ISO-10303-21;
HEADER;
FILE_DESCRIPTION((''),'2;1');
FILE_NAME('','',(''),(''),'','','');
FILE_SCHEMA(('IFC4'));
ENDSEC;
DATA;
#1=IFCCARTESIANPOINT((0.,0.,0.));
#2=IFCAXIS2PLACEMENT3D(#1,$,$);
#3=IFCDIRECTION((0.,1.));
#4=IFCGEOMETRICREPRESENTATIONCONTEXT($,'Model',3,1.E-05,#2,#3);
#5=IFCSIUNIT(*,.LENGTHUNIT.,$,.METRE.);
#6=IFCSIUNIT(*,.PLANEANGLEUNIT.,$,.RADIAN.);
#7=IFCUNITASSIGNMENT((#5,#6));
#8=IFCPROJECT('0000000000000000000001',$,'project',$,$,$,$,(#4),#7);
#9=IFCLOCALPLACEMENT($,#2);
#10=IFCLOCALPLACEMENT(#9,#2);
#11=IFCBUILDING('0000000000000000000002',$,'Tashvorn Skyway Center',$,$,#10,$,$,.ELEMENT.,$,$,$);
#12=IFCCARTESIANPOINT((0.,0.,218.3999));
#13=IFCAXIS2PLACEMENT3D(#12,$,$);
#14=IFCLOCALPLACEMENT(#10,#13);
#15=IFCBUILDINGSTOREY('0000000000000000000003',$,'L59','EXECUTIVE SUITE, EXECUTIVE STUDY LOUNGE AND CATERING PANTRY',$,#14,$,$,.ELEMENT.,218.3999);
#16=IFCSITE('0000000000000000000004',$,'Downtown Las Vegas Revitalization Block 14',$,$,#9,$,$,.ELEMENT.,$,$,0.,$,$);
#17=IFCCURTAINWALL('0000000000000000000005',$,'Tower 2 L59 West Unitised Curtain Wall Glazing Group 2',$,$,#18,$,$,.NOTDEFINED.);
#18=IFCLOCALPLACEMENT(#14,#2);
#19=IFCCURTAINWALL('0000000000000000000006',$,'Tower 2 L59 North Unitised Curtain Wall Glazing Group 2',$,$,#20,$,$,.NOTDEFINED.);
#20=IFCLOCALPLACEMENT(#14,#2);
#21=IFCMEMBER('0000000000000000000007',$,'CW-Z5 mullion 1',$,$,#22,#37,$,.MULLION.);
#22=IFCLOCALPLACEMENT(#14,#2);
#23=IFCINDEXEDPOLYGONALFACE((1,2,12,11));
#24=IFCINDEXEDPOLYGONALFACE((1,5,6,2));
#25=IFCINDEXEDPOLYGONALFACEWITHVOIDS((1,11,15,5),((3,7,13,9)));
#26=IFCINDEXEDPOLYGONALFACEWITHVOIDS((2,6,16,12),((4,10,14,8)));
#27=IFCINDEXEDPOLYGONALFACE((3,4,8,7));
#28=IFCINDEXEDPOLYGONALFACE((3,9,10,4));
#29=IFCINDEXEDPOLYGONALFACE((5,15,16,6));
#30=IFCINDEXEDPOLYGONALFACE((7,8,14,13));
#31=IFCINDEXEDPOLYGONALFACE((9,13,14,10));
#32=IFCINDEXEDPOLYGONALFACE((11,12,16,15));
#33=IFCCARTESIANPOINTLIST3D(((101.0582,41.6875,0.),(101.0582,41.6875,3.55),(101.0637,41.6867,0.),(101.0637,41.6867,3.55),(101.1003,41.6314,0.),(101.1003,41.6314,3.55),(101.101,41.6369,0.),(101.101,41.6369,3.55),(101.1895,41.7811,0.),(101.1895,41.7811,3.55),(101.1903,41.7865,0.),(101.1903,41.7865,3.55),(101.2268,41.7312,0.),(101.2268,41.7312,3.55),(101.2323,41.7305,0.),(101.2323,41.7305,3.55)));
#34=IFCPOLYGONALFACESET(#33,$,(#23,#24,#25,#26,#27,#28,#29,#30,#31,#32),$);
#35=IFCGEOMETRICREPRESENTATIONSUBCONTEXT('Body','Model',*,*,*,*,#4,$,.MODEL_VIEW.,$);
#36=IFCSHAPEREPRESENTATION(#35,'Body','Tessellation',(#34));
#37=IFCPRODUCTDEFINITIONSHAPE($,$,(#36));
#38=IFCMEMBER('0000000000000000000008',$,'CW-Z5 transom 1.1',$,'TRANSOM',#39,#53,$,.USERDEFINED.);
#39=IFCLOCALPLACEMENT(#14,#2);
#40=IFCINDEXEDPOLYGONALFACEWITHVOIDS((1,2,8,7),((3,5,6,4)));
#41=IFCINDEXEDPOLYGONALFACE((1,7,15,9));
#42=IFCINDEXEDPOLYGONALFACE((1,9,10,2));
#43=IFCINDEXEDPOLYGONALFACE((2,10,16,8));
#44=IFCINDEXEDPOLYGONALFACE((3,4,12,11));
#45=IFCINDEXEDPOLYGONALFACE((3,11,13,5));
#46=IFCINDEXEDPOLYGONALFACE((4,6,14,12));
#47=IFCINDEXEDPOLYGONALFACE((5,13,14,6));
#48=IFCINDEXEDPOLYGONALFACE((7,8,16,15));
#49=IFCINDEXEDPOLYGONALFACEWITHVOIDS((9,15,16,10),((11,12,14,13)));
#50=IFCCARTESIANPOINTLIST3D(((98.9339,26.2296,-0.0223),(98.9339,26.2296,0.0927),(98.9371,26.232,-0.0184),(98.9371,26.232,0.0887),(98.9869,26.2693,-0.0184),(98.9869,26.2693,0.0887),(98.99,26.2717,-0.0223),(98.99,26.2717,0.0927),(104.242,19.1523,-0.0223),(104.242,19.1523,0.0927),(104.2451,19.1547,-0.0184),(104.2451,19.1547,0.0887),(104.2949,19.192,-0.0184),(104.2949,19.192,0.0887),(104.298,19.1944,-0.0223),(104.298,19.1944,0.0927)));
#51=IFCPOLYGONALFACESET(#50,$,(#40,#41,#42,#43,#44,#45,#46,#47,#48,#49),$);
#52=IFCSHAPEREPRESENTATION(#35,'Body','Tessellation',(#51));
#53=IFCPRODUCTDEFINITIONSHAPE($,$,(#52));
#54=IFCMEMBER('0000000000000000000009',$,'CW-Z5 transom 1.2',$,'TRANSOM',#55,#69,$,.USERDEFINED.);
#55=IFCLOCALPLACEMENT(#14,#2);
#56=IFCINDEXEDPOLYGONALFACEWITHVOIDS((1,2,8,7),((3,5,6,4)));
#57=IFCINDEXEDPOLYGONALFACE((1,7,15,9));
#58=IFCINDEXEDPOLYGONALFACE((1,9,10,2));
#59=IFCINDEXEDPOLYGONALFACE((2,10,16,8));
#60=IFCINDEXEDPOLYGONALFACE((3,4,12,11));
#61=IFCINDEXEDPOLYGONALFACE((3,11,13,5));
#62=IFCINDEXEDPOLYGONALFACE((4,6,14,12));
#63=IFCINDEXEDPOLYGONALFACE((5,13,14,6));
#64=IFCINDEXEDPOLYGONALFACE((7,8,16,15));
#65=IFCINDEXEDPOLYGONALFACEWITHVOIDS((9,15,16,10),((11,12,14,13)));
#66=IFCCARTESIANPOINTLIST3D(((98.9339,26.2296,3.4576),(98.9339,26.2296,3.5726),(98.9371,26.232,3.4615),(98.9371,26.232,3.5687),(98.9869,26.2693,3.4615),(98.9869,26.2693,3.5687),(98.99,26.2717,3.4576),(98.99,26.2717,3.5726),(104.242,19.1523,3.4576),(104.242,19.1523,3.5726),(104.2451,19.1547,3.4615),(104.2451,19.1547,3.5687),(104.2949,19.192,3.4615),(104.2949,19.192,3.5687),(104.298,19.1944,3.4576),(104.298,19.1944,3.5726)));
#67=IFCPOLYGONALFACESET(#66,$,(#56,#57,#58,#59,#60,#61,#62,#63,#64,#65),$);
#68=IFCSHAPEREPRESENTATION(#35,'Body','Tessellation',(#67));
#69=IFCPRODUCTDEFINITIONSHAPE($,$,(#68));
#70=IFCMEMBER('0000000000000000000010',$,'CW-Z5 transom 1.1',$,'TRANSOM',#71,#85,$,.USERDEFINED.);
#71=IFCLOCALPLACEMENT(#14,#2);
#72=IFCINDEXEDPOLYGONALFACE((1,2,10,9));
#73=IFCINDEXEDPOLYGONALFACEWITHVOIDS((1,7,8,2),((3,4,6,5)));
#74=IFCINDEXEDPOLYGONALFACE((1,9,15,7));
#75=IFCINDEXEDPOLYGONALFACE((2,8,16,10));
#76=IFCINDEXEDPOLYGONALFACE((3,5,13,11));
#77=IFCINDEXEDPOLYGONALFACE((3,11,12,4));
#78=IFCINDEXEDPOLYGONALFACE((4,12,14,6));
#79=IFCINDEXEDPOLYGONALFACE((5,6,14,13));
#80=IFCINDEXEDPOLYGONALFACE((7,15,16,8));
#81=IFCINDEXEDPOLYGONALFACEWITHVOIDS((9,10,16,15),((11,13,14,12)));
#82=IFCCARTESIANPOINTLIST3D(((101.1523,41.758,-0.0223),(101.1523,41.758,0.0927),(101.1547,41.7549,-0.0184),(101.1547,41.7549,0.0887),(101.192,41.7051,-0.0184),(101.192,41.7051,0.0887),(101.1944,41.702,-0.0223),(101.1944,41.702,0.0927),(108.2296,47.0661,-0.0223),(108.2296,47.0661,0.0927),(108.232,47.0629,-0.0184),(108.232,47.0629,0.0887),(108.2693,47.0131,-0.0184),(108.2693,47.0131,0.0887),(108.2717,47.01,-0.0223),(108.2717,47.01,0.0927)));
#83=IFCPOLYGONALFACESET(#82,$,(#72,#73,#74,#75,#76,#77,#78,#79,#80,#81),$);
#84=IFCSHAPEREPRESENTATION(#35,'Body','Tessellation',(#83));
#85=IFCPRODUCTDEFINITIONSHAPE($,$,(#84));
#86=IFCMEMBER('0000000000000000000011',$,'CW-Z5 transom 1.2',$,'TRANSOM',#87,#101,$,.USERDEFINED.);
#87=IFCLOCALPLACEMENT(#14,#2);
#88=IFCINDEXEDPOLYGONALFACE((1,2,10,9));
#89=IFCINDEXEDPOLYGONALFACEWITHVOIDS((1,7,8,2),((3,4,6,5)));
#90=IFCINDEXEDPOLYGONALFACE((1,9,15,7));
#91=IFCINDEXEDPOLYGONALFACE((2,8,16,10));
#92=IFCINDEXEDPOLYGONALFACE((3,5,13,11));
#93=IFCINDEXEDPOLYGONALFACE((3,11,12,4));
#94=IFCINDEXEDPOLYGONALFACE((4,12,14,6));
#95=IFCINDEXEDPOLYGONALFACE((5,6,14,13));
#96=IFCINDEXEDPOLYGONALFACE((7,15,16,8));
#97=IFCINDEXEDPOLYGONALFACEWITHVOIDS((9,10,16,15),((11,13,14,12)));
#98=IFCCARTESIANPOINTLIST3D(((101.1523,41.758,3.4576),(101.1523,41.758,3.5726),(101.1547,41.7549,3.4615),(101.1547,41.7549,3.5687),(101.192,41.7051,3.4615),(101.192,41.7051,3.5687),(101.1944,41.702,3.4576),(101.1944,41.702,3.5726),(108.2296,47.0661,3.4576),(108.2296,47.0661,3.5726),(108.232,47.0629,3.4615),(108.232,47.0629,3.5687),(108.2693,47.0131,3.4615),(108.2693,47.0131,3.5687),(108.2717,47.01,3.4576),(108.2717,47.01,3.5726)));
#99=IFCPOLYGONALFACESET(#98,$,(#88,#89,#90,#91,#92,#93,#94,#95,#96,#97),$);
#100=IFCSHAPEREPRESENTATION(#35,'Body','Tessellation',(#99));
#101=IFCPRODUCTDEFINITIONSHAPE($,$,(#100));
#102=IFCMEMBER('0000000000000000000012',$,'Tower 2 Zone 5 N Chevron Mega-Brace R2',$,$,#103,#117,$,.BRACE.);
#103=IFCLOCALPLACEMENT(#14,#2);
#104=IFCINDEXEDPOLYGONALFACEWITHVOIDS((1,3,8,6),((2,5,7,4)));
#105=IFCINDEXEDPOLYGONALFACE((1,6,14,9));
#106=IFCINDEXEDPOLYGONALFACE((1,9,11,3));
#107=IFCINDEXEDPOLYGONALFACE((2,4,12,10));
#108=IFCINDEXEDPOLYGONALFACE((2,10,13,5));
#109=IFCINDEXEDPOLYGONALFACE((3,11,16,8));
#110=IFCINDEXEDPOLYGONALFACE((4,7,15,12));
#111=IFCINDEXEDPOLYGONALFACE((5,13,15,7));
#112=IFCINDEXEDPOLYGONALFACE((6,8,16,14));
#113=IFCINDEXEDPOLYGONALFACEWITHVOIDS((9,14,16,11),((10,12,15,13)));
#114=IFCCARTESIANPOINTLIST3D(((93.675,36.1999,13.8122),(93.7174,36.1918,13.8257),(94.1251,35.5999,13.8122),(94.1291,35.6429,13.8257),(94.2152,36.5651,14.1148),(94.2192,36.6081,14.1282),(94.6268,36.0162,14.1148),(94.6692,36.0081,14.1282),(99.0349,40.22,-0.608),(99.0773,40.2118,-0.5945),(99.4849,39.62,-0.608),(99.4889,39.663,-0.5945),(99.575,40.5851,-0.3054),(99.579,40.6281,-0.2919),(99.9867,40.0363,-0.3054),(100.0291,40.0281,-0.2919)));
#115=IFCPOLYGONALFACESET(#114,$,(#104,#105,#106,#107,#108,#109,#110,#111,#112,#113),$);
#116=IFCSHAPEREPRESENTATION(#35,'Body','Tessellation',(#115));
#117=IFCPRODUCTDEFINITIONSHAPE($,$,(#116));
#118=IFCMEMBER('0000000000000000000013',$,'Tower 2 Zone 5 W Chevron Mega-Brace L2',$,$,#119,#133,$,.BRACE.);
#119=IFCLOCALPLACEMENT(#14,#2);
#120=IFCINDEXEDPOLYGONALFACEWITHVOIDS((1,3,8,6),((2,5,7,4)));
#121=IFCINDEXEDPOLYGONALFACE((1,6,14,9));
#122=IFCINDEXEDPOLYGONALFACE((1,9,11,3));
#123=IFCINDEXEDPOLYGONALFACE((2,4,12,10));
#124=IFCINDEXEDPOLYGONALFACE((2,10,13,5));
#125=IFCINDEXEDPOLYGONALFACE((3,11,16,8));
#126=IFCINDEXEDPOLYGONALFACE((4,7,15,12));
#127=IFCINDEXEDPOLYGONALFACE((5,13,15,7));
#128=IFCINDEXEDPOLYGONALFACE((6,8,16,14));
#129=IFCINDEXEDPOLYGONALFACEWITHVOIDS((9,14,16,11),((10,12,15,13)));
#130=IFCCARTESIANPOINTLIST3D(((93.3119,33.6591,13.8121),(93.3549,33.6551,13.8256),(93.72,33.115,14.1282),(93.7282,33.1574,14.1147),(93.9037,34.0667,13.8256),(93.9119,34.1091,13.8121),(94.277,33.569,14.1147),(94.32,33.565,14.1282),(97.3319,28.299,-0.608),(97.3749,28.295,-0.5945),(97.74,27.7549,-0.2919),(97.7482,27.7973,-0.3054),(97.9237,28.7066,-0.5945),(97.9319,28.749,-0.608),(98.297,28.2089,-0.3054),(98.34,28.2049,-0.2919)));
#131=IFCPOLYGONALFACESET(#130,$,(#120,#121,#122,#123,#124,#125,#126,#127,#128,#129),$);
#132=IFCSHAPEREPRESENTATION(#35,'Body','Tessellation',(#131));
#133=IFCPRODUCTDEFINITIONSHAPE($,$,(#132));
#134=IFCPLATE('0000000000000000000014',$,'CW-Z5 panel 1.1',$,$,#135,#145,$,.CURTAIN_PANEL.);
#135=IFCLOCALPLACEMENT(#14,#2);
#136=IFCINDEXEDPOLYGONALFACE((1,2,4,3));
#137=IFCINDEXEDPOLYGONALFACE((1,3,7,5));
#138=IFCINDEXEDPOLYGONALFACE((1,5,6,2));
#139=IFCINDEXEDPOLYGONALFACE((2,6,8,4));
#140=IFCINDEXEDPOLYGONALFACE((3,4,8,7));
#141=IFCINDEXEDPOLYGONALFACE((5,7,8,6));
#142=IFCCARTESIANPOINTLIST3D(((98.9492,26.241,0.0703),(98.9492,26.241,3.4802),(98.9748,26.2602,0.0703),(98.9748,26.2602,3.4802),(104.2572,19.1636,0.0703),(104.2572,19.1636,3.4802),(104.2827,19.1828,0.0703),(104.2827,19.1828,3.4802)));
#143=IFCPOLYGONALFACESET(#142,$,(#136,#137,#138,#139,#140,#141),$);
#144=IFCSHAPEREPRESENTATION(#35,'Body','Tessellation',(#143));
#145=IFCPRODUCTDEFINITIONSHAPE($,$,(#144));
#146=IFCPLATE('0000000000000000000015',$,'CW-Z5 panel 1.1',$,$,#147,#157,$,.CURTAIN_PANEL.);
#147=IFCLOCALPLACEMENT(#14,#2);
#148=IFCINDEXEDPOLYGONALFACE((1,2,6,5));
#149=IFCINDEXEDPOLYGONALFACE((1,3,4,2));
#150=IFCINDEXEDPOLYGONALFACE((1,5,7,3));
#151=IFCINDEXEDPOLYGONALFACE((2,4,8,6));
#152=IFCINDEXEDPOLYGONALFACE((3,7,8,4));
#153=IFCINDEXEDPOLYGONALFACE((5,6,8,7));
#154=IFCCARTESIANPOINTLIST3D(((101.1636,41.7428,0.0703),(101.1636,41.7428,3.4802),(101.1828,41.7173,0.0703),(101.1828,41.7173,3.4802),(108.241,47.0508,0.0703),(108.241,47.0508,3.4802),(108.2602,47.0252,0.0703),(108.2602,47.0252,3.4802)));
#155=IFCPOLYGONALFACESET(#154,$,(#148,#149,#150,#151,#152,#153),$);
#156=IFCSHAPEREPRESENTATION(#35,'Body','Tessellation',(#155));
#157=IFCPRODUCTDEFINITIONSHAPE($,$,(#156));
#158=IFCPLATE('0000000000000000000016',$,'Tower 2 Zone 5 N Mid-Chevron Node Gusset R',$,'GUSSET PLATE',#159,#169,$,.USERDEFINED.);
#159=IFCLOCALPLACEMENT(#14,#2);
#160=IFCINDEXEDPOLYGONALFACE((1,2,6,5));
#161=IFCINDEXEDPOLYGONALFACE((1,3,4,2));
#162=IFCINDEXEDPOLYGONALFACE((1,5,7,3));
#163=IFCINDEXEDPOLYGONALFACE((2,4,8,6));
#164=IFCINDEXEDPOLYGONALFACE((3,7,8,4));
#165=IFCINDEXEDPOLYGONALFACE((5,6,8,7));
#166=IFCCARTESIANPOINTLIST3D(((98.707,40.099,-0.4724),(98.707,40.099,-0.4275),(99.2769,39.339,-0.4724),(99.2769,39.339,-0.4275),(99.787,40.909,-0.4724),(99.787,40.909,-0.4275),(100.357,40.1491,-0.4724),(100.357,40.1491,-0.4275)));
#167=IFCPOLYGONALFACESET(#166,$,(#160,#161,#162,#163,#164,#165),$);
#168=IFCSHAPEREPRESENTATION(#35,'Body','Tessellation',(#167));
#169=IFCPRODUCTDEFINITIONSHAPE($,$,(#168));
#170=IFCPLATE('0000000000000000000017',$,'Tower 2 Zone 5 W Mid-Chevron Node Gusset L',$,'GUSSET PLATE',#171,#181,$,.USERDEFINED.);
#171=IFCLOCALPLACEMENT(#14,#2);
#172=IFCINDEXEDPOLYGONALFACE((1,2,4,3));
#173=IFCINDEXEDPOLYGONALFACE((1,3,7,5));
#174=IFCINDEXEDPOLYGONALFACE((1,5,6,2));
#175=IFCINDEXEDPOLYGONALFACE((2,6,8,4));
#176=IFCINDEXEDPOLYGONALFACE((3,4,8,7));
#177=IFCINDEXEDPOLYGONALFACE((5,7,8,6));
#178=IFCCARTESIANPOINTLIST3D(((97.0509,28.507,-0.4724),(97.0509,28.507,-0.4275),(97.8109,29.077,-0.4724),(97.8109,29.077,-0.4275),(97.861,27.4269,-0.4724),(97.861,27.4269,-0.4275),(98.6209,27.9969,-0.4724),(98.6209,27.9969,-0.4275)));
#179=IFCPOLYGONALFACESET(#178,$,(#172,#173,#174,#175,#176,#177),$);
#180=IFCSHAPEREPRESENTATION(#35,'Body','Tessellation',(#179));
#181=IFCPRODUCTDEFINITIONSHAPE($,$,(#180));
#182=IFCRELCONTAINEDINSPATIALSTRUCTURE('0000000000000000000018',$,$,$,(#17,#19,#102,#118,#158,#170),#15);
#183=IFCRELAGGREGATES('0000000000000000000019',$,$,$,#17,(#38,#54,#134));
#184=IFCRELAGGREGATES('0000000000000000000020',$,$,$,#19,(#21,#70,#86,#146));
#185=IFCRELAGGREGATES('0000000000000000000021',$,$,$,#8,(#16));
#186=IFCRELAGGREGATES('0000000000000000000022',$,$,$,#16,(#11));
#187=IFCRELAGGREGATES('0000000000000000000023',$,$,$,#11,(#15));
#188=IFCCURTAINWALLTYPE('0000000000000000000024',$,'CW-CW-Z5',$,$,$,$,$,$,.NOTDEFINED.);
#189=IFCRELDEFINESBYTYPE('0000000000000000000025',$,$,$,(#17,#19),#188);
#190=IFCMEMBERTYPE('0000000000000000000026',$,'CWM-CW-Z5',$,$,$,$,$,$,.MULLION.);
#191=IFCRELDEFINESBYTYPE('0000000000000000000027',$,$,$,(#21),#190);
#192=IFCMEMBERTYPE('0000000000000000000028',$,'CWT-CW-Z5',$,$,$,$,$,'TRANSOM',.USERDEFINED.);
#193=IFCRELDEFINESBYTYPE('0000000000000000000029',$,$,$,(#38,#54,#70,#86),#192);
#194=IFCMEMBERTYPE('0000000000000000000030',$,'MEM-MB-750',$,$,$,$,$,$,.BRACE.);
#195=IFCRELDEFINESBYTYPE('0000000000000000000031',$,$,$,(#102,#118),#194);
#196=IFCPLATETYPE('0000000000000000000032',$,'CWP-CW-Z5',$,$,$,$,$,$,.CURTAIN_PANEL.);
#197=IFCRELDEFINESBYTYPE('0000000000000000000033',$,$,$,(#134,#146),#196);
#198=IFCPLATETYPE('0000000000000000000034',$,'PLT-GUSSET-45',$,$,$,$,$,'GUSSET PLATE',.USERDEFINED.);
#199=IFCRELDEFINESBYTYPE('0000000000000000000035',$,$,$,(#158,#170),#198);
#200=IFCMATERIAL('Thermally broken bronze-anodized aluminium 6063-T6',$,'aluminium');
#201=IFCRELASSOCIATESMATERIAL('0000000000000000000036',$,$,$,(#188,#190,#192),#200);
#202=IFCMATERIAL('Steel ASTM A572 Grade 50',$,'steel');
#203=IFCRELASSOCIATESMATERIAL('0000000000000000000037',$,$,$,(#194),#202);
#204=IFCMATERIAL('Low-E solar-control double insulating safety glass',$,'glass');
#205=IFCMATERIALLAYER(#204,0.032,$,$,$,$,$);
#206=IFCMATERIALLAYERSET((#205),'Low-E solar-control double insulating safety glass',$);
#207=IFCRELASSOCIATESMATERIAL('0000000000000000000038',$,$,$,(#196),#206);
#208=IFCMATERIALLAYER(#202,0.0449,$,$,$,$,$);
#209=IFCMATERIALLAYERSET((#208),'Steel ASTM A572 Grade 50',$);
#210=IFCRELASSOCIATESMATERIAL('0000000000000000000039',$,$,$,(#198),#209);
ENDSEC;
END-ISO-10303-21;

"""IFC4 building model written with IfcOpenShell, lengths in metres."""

from ifc_helpers import new_model, si_unit, direction, frame, origin, origin_2d, place, context, subcontext, project, spatial, rectangle, hollow_rectangle, extrude, material, layer, layer_set, material_profile, profile_set, type_object, element, aggregate, save


model = new_model("IFC4")

# Units and contexts
model_context = context("Model", 3, precision=1e-05, world=origin(), true_north=direction((0.0, 1.0)))
body_context = subcontext(model_context, "Body", "Model", "MODEL_VIEW")
ifc_project = project(units=[si_unit("LENGTHUNIT", "METRE"), si_unit("PLANEANGLEUNIT", "RADIAN")], contexts=[model_context])

# Site, building, storey
site_placement = place(None, origin())
site = spatial("IfcSite", under=ifc_project, at=site_placement, Name="Downtown Las Vegas Revitalization Block 14", CompositionType="ELEMENT", RefElevation=0.0)
building_placement = place(site_placement, origin())
building = spatial("IfcBuilding", under=site, at=building_placement, Name="Tashvorn Skyway Center", CompositionType="ELEMENT")
storey_placement = place(building_placement, frame((0.0, 0.0, 218.3999)))
storey = spatial("IfcBuildingStorey", under=building, at=storey_placement, Name="L59", Description="EXECUTIVE SUITE, EXECUTIVE STUDY LOUNGE AND CATERING PANTRY", CompositionType="ELEMENT", Elevation=218.3999)

# Shared definitions
ifc_material_1 = material(Name="Steel ASTM A572 Grade 50", Category="steel")

# Curtain wall
ifc_material_2 = material(Name="Thermally broken bronze-anodized aluminium 6063-T6", Category="aluminium")
curtain_wall_type = type_object("IfcCurtainWallType", Name="CW-CW-Z5", PredefinedType="NOTDEFINED", material=ifc_material_2)
curtain_wall_1_placement = place(storey_placement, origin())
curtain_wall_1 = element("IfcCurtainWall", 1, at=curtain_wall_1_placement, inside=storey, type_object=curtain_wall_type, Name="Tower 2 L59 West Unitised Curtain Wall Glazing Group 2", PredefinedType="NOTDEFINED")
ifc_material_profile_1 = material_profile(ifc_material_2, hollow_rectangle(XDim=0.0701, YDim=0.165, WallThickness=0.0039, at=origin_2d()), Name="ALU-MULL-70x165")
ifc_profile_set_1 = profile_set([ifc_material_profile_1], Name="Thermally broken bronze-anodized aluminium 6063-T6")
member_type_1 = type_object("IfcMemberType", Name="CWM-CW-Z5", PredefinedType="MULLION", material=ifc_profile_set_1)

# Curtain wall, member
curtain_wall_2_placement = place(storey_placement, origin())
curtain_wall_2 = element("IfcCurtainWall", 2, at=curtain_wall_2_placement, inside=storey, type_object=curtain_wall_type, Name="Tower 2 L59 North Unitised Curtain Wall Glazing Group 2", PredefinedType="NOTDEFINED")
member_1_placement = place(storey_placement, frame((101.1453, 41.709, 0.0), z_axis=(0.0, 0.0, 1.0), x_axis=(-0.599996, 0.800003, 0.0)))
member_1 = element("IfcMember", 3, at=member_1_placement, type_object=member_type_1, Name="CW-Z5 mullion 1", PredefinedType="MULLION", context=body_context, shape_type="SweptSolid", body=[
    extrude(hollow_rectangle(XDim=0.0701, YDim=0.165, WallThickness=0.0039, at=origin_2d()), origin(), (0.0, 0.0, 1.0), 3.55),
])

# Members
ifc_material_profile_2 = material_profile(ifc_material_2, hollow_rectangle(XDim=0.0701, YDim=0.115, WallThickness=0.0039, at=origin_2d()), Name="ALU-TRAN-70x115")
ifc_profile_set_2 = profile_set([ifc_material_profile_2], Name="Thermally broken bronze-anodized aluminium 6063-T6")
member_type_2 = type_object("IfcMemberType", Name="CWT-CW-Z5", ElementType="TRANSOM", PredefinedType="USERDEFINED", material=ifc_profile_set_2)
member_2_placement = place(storey_placement, frame((104.27, 19.1733, 0.0352), z_axis=(-0.600004, 0.799997, 0.0), x_axis=(-0.799997, -0.600004, 0.0)))
member_2 = element("IfcMember", 4, at=member_2_placement, type_object=member_type_2, Name="CW-Z5 transom 1.1", ObjectType="TRANSOM", PredefinedType="USERDEFINED", context=body_context, shape_type="SweptSolid", body=[
    extrude(hollow_rectangle(XDim=0.0701, YDim=0.115, WallThickness=0.0039, at=origin_2d()), origin(), (0.0, 0.0, 1.0), 8.8467),
])
member_3_placement = place(storey_placement, frame((104.27, 19.1733, 3.5151), z_axis=(-0.600004, 0.799997, 0.0), x_axis=(-0.799997, -0.600004, 0.0)))
member_3 = element("IfcMember", 5, at=member_3_placement, type_object=member_type_2, Name="CW-Z5 transom 1.2", ObjectType="TRANSOM", PredefinedType="USERDEFINED", context=body_context, shape_type="SweptSolid", body=[
    extrude(hollow_rectangle(XDim=0.0701, YDim=0.115, WallThickness=0.0039, at=origin_2d()), origin(), (0.0, 0.0, 1.0), 8.8467),
])
member_4_placement = place(storey_placement, frame((101.1733, 41.73, 0.0352), z_axis=(0.799997, 0.600004, 0.0), x_axis=(-0.600004, 0.799997, 0.0)))
member_4 = element("IfcMember", 6, at=member_4_placement, type_object=member_type_2, Name="CW-Z5 transom 1.1", ObjectType="TRANSOM", PredefinedType="USERDEFINED", context=body_context, shape_type="SweptSolid", body=[
    extrude(hollow_rectangle(XDim=0.0701, YDim=0.115, WallThickness=0.0039, at=origin_2d()), origin(), (0.0, 0.0, 1.0), 8.8467),
])
member_5_placement = place(storey_placement, frame((101.1733, 41.73, 3.5151), z_axis=(0.799997, 0.600004, 0.0), x_axis=(-0.600004, 0.799997, 0.0)))
member_5 = element("IfcMember", 7, at=member_5_placement, type_object=member_type_2, Name="CW-Z5 transom 1.2", ObjectType="TRANSOM", PredefinedType="USERDEFINED", context=body_context, shape_type="SweptSolid", body=[
    extrude(hollow_rectangle(XDim=0.0701, YDim=0.115, WallThickness=0.0039, at=origin_2d()), origin(), (0.0, 0.0, 1.0), 8.8467),
])

# Members
ifc_material_profile_3 = material_profile(ifc_material_1, hollow_rectangle(XDim=0.75, YDim=0.75, WallThickness=0.032, at=origin_2d()), Name="BOX750x750x32")
ifc_profile_set_3 = profile_set([ifc_material_profile_3], Name="Steel ASTM A572 Grade 50")
member_type_3 = type_object("IfcMemberType", Name="MEM-MB-750", PredefinedType="BRACE", material=ifc_profile_set_3)
for number, where, z_axis, x_axis, name in (
    (8, (99.532, 40.124, -0.45), (-0.337085, -0.252821, 0.906893), (0.600012, -0.799991, 0.0), "Tower 2 Zone 5 N Chevron Mega-Brace R2"),
    (9, (97.8359, 28.252, -0.45), (-0.25282, 0.337099, 0.906888), (-0.800004, -0.599994, 0.0), "Tower 2 Zone 5 W Chevron Mega-Brace L2"),
):
    element("IfcMember", number, at=place(storey_placement, frame(where, z_axis=z_axis, x_axis=x_axis)), inside=storey, type_object=member_type_3, Name=name, PredefinedType="BRACE", context=body_context, shape_type="SweptSolid", body=[
        extrude(hollow_rectangle(XDim=0.75, YDim=0.75, WallThickness=0.032, at=origin_2d()), origin(), (0.0, 0.0, 1.0), 15.9006),
    ])

# Plates
ifc_material_3 = material(Name="Low-E solar-control double insulating safety glass", Category="glass")
ifc_layer_1 = layer(ifc_material_3, 0.032)
ifc_layer_set_1 = layer_set([ifc_layer_1], Name="Low-E solar-control double insulating safety glass")
plate_type_1 = type_object("IfcPlateType", Name="CWP-CW-Z5", PredefinedType="CURTAIN_PANEL", material=ifc_layer_set_1)
plate_1_placement = place(storey_placement, frame((101.616, 22.7119, 0.0703), z_axis=(0.0, 0.0, 1.0), x_axis=(-0.599996, 0.800003, 0.0)))
plate_1 = element("IfcPlate", 10, at=plate_1_placement, type_object=plate_type_1, Name="CW-Z5 panel 1.1", PredefinedType="CURTAIN_PANEL", context=body_context, shape_type="SweptSolid", body=[
    extrude(rectangle(XDim=8.8467, YDim=0.032, at=origin_2d()), origin(), (0.0, 0.0, 1.0), 3.4099),
])
aggregate(curtain_wall_1, [member_2, member_3, plate_1])
plate_2_placement = place(storey_placement, frame((104.7119, 44.384, 0.0703), z_axis=(0.0, 0.0, 1.0), x_axis=(0.800003, 0.599996, 0.0)))
plate_2 = element("IfcPlate", 11, at=plate_2_placement, type_object=plate_type_1, Name="CW-Z5 panel 1.1", PredefinedType="CURTAIN_PANEL", context=body_context, shape_type="SweptSolid", body=[
    extrude(rectangle(XDim=8.8467, YDim=0.032, at=origin_2d()), origin(), (0.0, 0.0, 1.0), 3.4099),
])
aggregate(curtain_wall_2, [member_1, member_4, member_5, plate_2])

# Plates
ifc_layer_2 = layer(ifc_material_1, 0.0449)
ifc_layer_set_2 = layer_set([ifc_layer_2], Name="Steel ASTM A572 Grade 50")
plate_type_2 = type_object("IfcPlateType", Name="PLT-GUSSET-45", ElementType="GUSSET PLATE", PredefinedType="USERDEFINED", material=ifc_layer_set_2)
for number, where, z_axis, x_axis, name in (
    (12, (99.532, 40.124, -0.4724), (0.0, 0.0, 1.0), (-0.8, -0.6, 0.0), "Tower 2 Zone 5 N Mid-Chevron Node Gusset R"),
    (13, (97.8359, 28.252, -0.4724), (0.0, 0.0, 1.0), (0.6, -0.8, 0.0), "Tower 2 Zone 5 W Mid-Chevron Node Gusset L"),
):
    element("IfcPlate", number, at=place(storey_placement, frame(where, z_axis=z_axis, x_axis=x_axis)), inside=storey, type_object=plate_type_2, Name=name, ObjectType="GUSSET PLATE", PredefinedType="USERDEFINED", context=body_context, shape_type="SweptSolid", body=[
        extrude(rectangle(XDim=1.3501, YDim=0.95, at=origin_2d()), origin(), (0.0, 0.0, 1.0), 0.0449),
    ])

save(model, "model.ifc")
